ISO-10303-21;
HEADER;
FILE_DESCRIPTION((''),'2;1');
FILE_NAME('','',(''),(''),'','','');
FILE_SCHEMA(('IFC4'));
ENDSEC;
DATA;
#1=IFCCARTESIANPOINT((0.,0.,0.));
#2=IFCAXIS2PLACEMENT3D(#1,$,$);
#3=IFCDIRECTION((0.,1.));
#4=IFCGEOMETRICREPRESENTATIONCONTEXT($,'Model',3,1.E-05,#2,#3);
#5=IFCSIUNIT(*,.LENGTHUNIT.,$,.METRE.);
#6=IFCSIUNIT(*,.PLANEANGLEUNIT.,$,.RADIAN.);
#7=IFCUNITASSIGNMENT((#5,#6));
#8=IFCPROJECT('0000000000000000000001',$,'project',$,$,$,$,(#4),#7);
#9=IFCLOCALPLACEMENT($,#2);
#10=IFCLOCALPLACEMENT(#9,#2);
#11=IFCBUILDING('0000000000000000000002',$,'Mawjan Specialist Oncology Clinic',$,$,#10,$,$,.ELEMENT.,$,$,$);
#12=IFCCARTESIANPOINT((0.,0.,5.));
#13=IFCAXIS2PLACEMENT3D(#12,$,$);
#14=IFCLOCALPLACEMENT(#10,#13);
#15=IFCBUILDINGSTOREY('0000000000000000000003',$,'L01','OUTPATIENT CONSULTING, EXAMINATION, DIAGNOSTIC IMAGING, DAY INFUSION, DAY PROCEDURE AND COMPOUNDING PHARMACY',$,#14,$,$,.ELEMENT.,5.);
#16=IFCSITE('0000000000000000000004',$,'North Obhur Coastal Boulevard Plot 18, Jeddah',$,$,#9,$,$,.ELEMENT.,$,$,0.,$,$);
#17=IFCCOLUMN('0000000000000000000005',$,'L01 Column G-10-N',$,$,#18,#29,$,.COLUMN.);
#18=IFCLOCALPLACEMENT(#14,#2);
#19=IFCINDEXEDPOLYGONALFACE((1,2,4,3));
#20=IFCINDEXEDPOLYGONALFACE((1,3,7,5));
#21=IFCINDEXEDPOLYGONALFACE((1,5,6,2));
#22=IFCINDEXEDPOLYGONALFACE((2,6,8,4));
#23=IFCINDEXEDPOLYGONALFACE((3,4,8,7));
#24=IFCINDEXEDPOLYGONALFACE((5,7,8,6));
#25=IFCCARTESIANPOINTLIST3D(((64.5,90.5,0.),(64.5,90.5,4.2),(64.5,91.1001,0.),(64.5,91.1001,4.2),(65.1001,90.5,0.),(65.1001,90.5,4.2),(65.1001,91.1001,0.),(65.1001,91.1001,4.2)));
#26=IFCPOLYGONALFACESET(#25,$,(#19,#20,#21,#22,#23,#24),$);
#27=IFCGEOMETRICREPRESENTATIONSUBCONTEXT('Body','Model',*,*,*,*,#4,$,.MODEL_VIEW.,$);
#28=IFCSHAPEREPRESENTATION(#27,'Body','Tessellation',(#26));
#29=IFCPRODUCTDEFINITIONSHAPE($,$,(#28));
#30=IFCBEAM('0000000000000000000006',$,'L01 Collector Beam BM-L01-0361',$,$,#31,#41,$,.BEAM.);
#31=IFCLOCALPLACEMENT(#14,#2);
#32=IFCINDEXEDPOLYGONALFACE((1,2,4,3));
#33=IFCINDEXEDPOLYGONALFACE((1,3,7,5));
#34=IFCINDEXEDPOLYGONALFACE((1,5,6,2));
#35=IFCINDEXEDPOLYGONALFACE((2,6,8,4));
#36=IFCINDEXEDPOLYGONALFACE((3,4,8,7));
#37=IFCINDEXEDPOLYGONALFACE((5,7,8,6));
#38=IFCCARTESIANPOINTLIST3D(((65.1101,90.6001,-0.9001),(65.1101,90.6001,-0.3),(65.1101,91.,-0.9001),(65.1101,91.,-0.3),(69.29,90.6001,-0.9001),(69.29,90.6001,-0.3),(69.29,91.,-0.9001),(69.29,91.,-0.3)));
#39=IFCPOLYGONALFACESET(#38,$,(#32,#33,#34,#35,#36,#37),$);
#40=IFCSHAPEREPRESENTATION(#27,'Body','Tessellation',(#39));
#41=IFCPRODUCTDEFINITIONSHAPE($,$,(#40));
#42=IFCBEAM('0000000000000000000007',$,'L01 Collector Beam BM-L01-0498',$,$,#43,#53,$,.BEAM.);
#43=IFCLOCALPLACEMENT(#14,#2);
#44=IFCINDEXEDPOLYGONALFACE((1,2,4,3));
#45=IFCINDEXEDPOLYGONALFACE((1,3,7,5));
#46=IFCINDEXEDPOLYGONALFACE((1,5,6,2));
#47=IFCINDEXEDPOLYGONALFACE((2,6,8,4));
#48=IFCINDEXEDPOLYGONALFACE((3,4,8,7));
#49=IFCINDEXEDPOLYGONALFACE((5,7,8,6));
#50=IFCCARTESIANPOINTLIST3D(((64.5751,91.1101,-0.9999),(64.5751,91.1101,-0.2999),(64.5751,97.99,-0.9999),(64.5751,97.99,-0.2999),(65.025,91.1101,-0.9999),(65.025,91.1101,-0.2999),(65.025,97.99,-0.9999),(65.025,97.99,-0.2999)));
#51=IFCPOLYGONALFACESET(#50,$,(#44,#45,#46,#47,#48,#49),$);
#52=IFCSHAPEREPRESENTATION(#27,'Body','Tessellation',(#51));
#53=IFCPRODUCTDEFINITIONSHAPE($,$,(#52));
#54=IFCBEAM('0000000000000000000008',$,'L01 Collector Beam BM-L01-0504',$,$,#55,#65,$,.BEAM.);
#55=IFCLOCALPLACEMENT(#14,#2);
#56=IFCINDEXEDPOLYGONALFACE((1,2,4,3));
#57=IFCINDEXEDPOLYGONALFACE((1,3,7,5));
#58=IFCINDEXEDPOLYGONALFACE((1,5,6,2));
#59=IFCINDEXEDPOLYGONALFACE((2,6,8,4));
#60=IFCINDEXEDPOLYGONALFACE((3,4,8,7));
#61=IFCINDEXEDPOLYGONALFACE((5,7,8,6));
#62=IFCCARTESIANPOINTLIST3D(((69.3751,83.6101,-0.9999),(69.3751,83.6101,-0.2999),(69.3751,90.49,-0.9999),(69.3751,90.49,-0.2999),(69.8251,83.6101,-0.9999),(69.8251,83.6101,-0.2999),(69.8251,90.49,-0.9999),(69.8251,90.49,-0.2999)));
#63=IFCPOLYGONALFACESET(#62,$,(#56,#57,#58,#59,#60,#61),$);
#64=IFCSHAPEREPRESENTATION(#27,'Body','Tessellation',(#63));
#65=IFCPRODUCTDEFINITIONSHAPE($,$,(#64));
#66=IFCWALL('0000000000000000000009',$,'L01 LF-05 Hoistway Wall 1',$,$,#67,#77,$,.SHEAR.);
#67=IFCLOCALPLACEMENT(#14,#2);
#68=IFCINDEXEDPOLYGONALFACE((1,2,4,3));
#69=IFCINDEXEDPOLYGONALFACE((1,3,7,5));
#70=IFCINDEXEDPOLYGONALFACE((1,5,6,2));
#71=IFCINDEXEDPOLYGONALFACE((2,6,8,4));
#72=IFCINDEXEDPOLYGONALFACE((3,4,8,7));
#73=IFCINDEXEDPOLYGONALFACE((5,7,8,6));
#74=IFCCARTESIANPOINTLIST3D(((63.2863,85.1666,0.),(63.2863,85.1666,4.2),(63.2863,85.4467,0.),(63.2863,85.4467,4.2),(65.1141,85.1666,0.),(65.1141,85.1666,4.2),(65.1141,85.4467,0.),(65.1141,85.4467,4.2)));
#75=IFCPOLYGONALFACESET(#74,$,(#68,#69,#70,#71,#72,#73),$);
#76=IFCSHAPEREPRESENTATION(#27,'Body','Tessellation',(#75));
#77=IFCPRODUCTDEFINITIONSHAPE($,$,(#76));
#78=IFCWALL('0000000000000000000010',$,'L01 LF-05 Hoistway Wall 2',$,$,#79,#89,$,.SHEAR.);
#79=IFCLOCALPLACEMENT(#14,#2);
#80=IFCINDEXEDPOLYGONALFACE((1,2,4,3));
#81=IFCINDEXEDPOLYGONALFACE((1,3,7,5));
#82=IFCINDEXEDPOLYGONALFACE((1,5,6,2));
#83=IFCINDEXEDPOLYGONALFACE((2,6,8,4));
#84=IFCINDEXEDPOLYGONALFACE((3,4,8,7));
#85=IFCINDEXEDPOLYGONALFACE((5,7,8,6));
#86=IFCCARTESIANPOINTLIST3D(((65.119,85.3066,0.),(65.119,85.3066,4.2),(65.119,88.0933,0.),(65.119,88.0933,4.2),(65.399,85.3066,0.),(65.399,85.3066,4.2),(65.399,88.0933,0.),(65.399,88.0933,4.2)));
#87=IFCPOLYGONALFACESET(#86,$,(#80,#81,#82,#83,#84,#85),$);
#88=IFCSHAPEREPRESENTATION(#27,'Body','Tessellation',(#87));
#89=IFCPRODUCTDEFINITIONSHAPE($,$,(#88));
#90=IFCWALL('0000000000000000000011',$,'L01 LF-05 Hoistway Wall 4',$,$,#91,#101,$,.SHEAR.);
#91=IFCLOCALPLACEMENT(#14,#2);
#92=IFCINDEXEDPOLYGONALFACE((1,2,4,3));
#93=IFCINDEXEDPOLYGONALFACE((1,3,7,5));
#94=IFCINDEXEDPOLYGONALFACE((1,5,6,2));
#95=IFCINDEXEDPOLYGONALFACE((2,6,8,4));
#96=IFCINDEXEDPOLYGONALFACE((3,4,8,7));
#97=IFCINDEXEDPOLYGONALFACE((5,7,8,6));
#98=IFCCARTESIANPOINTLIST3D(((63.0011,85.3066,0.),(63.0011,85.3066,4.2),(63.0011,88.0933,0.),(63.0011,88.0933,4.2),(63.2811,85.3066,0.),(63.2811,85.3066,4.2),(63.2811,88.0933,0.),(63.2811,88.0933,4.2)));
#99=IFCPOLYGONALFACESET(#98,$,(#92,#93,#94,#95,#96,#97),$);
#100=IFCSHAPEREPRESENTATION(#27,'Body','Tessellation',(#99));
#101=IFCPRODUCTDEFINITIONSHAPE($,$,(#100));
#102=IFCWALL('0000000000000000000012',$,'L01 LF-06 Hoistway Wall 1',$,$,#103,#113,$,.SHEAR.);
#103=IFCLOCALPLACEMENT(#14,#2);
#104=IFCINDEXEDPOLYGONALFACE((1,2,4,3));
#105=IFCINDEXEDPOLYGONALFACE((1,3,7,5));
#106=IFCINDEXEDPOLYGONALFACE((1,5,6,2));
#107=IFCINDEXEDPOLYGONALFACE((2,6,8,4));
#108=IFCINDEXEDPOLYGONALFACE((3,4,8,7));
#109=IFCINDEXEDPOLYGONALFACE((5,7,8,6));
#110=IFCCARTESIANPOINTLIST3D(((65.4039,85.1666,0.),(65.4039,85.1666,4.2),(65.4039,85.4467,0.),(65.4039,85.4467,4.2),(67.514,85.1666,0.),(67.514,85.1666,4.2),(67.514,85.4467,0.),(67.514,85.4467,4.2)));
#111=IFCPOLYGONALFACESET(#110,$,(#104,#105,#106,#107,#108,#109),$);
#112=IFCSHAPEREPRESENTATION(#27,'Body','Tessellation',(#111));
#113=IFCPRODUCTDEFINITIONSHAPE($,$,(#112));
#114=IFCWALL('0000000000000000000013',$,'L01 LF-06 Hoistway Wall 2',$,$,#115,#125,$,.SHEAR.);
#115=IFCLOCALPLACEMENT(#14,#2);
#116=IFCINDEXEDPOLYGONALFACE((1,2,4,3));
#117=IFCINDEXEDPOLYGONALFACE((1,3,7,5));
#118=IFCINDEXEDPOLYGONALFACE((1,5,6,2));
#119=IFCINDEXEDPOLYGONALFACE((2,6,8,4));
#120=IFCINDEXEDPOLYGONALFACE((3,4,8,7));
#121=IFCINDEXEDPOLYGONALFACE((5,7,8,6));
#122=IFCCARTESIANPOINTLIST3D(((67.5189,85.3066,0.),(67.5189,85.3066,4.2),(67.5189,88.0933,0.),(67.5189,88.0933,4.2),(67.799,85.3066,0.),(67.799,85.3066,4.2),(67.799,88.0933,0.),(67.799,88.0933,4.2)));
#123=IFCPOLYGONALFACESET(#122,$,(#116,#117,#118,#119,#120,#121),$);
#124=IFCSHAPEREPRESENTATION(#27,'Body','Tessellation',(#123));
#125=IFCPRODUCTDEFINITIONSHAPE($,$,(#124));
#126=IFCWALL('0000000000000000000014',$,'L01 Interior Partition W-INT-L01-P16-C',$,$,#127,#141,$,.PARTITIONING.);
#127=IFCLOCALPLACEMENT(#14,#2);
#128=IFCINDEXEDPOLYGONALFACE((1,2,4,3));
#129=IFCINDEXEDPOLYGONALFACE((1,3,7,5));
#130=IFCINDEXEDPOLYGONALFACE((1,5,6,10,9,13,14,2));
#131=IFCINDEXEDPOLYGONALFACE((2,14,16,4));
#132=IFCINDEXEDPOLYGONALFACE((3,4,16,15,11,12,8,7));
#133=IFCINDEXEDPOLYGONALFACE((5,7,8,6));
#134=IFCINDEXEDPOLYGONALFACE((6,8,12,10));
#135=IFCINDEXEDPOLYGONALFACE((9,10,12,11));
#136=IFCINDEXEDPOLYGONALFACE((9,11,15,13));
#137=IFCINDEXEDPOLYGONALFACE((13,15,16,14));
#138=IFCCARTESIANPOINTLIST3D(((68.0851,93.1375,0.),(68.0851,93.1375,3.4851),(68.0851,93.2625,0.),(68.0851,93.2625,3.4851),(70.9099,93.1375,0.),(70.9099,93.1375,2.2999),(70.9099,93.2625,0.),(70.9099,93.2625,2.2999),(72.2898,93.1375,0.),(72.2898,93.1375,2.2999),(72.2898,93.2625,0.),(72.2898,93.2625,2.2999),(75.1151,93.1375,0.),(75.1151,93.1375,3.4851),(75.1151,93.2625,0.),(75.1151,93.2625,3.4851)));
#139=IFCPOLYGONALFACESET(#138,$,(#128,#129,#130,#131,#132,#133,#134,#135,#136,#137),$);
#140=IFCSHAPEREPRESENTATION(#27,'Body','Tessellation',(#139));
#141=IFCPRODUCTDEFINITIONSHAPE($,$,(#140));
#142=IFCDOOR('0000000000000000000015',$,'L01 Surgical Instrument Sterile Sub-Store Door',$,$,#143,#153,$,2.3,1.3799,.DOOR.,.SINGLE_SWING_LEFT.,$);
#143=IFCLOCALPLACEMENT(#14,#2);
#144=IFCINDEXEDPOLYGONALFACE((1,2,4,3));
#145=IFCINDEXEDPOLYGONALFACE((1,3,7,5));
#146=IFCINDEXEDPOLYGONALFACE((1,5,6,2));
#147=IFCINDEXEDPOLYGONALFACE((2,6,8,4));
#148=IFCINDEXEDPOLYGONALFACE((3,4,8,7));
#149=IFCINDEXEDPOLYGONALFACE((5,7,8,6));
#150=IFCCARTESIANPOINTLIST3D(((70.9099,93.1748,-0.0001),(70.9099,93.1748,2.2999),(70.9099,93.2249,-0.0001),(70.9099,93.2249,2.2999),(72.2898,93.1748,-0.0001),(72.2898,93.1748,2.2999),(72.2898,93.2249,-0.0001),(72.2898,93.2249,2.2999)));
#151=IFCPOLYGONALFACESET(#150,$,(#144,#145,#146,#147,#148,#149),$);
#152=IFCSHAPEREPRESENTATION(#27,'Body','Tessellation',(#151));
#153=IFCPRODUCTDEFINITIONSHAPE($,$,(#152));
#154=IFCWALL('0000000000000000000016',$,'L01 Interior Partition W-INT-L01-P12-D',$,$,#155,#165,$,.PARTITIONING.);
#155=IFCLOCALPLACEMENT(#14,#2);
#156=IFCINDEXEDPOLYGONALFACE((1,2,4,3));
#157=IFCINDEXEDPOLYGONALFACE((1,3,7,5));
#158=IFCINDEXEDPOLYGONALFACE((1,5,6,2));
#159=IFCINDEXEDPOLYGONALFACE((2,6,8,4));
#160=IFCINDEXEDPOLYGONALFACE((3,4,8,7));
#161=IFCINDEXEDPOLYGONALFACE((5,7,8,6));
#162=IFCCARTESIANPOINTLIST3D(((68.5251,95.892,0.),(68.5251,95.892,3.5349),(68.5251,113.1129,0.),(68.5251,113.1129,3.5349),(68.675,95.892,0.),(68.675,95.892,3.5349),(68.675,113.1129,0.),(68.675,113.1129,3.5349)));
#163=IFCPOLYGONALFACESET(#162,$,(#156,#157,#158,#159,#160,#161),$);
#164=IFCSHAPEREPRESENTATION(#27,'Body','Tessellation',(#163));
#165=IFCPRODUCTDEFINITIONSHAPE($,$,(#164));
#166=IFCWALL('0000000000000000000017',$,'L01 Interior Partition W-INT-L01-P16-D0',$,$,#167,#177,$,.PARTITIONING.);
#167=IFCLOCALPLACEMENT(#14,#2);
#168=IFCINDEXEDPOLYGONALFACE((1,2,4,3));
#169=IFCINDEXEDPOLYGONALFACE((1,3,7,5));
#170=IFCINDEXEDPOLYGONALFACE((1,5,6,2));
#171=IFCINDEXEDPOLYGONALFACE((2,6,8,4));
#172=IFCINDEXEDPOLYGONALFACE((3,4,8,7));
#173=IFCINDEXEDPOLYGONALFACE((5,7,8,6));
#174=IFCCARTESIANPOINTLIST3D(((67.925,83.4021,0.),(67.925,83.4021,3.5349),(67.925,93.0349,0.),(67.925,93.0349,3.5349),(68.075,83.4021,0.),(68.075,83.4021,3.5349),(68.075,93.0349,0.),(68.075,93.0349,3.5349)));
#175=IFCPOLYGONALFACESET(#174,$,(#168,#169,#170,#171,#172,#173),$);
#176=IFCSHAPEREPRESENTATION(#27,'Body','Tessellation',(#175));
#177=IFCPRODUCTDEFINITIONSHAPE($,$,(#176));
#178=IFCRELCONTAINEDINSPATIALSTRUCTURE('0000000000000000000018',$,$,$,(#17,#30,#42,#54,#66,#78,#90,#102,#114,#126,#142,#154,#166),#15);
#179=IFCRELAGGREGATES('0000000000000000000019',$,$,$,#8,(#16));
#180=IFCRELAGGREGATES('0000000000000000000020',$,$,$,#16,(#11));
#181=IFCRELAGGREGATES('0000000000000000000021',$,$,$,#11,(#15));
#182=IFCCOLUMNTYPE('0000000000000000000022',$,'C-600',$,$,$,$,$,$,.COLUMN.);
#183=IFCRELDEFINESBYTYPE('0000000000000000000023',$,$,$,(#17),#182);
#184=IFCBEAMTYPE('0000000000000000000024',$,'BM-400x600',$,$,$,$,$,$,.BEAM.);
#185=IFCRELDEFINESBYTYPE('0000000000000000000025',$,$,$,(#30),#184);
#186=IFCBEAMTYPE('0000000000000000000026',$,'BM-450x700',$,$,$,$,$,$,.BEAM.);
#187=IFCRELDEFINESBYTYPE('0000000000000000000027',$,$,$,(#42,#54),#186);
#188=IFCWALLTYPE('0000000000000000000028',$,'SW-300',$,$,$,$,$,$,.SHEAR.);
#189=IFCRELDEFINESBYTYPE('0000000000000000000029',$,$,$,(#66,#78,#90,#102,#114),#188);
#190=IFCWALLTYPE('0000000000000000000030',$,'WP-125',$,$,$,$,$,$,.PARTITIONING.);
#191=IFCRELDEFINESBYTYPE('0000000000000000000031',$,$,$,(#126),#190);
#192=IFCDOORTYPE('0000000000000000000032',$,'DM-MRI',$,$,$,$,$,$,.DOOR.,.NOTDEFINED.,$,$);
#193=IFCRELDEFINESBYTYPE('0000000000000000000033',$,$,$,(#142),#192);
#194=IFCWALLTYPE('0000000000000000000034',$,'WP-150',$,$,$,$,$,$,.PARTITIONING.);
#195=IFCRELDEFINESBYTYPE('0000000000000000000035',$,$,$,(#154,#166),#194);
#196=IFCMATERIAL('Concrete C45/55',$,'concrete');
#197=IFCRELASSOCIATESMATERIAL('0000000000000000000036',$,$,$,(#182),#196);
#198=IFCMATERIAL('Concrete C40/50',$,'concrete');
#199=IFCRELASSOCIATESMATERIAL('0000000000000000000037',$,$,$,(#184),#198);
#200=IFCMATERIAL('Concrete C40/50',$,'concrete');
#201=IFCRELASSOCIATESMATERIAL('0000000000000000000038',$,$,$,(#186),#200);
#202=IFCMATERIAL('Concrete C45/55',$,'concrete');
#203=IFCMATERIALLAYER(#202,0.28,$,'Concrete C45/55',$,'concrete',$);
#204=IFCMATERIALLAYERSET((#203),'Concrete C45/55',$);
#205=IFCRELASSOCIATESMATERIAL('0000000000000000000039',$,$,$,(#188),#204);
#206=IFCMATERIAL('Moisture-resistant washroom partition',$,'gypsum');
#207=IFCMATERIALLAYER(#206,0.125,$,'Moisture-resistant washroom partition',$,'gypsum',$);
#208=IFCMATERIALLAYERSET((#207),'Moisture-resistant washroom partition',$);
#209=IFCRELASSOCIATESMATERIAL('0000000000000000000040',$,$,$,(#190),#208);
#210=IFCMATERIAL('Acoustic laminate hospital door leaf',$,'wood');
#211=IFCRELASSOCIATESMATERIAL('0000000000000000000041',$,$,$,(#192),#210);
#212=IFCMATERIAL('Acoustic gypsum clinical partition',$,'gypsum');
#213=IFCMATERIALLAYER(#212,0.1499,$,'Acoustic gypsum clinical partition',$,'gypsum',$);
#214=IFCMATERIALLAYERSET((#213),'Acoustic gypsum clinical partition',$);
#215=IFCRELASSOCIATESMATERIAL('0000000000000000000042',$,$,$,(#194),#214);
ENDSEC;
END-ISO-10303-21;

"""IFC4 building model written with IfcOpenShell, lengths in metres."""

from ifc_helpers import new_model, si_unit, direction, frame, frame_2d, origin, origin_2d, place, context, subcontext, project, spatial, rectangle, extrude, material, layer, layer_set, material_profile, profile_set, type_object, element, fill, save


model = new_model("IFC4")

# Units and contexts
model_context = context("Model", 3, precision=1e-05, world=origin(), true_north=direction((0.0, 1.0)))
body_context = subcontext(model_context, "Body", "Model", "MODEL_VIEW")
ifc_project = project(units=[si_unit("LENGTHUNIT", "METRE"), si_unit("PLANEANGLEUNIT", "RADIAN")], contexts=[model_context])

# Site, building, storey
site_placement = place(None, origin())
site = spatial("IfcSite", under=ifc_project, at=site_placement, Name="North Obhur Coastal Boulevard Plot 18, Jeddah", CompositionType="ELEMENT", RefElevation=0.0)
building_placement = place(site_placement, origin())
building = spatial("IfcBuilding", under=site, at=building_placement, Name="Mawjan Specialist Oncology Clinic", CompositionType="ELEMENT")
storey_placement = place(building_placement, frame((0.0, 0.0, 5.0)))
storey = spatial("IfcBuildingStorey", under=building, at=storey_placement, Name="L01", Description="OUTPATIENT CONSULTING, EXAMINATION, DIAGNOSTIC IMAGING, DAY INFUSION, DAY PROCEDURE AND COMPOUNDING PHARMACY", CompositionType="ELEMENT", Elevation=5.0)

# Column
ifc_material_1 = material(Name="Concrete C45/55", Category="concrete")
ifc_material_profile_1 = material_profile(ifc_material_1, rectangle(XDim=0.6001, YDim=0.6001, at=origin_2d()), Name="RC COL 600x600", Category="concrete")
ifc_profile_set_1 = profile_set([ifc_material_profile_1], Name="Concrete C45/55")
column_type = type_object("IfcColumnType", Name="C-600", PredefinedType="COLUMN", material=ifc_profile_set_1)
column_placement = place(storey_placement, frame((64.8, 90.8, 0.0), z_axis=(0.0, 0.0, 1.0), x_axis=(1.0, 0.0, 0.0)))
element("IfcColumn", 1, at=column_placement, inside=storey, type_object=column_type, Name="L01 Column G-10-N", PredefinedType="COLUMN", context=body_context, shape_type="SweptSolid", body=[
    extrude(rectangle(XDim=0.6001, YDim=0.6001, at=origin_2d()), origin(), (0.0, 0.0, 1.0), 4.2),
])

# Beams
ifc_material_2 = material(Name="Concrete C40/50", Category="concrete")
ifc_material_profile_2 = material_profile(ifc_material_2, rectangle(XDim=0.3999, YDim=0.6001, at=origin_2d()), Name="RC BM 400x600", Category="concrete")
ifc_profile_set_2 = profile_set([ifc_material_profile_2], Name="Concrete C40/50")
beam_type_1 = type_object("IfcBeamType", Name="BM-400x600", PredefinedType="BEAM", material=ifc_profile_set_2)
beam_placement = place(storey_placement, frame((65.1101, 90.8, -0.6001), z_axis=(1.0, 0.0, 0.0), x_axis=(0.0, 1.0, 0.0)))
element("IfcBeam", 2, at=beam_placement, inside=storey, type_object=beam_type_1, Name="L01 Collector Beam BM-L01-0361", PredefinedType="BEAM", context=body_context, shape_type="SweptSolid", body=[
    extrude(rectangle(XDim=0.3999, YDim=0.6001, at=origin_2d()), origin(), (0.0, 0.0, 1.0), 4.1799),
])
ifc_material_3 = material(Name="Concrete C40/50", Category="concrete")
ifc_material_profile_3 = material_profile(ifc_material_3, rectangle(XDim=0.45, YDim=0.7, at=origin_2d()), Name="RC BM 450x700", Category="concrete")
ifc_profile_set_3 = profile_set([ifc_material_profile_3], Name="Concrete C40/50")
beam_type_2 = type_object("IfcBeamType", Name="BM-450x700", PredefinedType="BEAM", material=ifc_profile_set_3)
for number, where, z_axis, x_axis, name in (
    (3, (64.8, 91.1101, -0.6499), (0.0, 1.0, 0.0), (-1.0, 0.0, 0.0), "L01 Collector Beam BM-L01-0498"),
    (4, (69.6001, 83.6101, -0.6499), (0.0, 1.0, 0.0), (-1.0, 0.0, 0.0), "L01 Collector Beam BM-L01-0504"),
):
    element("IfcBeam", number, at=place(storey_placement, frame(where, z_axis=z_axis, x_axis=x_axis)), inside=storey, type_object=beam_type_2, Name=name, PredefinedType="BEAM", context=body_context, shape_type="SweptSolid", body=[
        extrude(rectangle(XDim=0.45, YDim=0.7, at=origin_2d()), origin(), (0.0, 0.0, 1.0), 6.8799),
    ])

# Walls
ifc_material_4 = material(Name="Concrete C45/55", Category="concrete")
ifc_layer_1 = layer(ifc_material_4, 0.28, Name="Concrete C45/55", Category="concrete")
ifc_layer_set_1 = layer_set([ifc_layer_1], Name="Concrete C45/55")
wall_type_1 = type_object("IfcWallType", Name="SW-300", PredefinedType="SHEAR", material=ifc_layer_set_1)
wall_1_placement = place(storey_placement, frame((63.2861, 85.3066, 0.0), z_axis=(0.0, 0.0, 1.0), x_axis=(1.0, 0.0, 0.0)))
element("IfcWall", 5, at=wall_1_placement, inside=storey, type_object=wall_type_1, Name="L01 LF-05 Hoistway Wall 1", PredefinedType="SHEAR", context=body_context, shape_type="SweptSolid", body=[
    extrude(rectangle(XDim=1.8279, YDim=0.28, at=frame_2d((0.9141, 0.0))), origin(), (0.0, 0.0, 1.0), 4.2),
])
wall_2_placement = place(storey_placement, frame((65.259, 85.3066, 0.0), z_axis=(0.0, 0.0, 1.0), x_axis=(0.0, 1.0, 0.0)))
element("IfcWall", 6, at=wall_2_placement, inside=storey, type_object=wall_type_1, Name="L01 LF-05 Hoistway Wall 2", PredefinedType="SHEAR", context=body_context, shape_type="SweptSolid", body=[
    extrude(rectangle(XDim=2.7866, YDim=0.28, at=frame_2d((1.3933, 0.0))), origin(), (0.0, 0.0, 1.0), 4.2),
])

# Walls
wall_3_placement = place(storey_placement, frame((63.1411, 88.0933, 0.0), z_axis=(0.0, 0.0, 1.0), x_axis=(0.0, -1.0, 0.0)))
element("IfcWall", 7, at=wall_3_placement, inside=storey, type_object=wall_type_1, Name="L01 LF-05 Hoistway Wall 4", PredefinedType="SHEAR", context=body_context, shape_type="SweptSolid", body=[
    extrude(rectangle(XDim=2.7866, YDim=0.28, at=frame_2d((1.3933, 0.0))), origin(), (0.0, 0.0, 1.0), 4.2),
])
wall_4_placement = place(storey_placement, frame((65.4038, 85.3066, 0.0), z_axis=(0.0, 0.0, 1.0), x_axis=(1.0, 0.0, 0.0)))
element("IfcWall", 8, at=wall_4_placement, inside=storey, type_object=wall_type_1, Name="L01 LF-06 Hoistway Wall 1", PredefinedType="SHEAR", context=body_context, shape_type="SweptSolid", body=[
    extrude(rectangle(XDim=2.1101, YDim=0.28, at=frame_2d((1.0552, 0.0))), origin(), (0.0, 0.0, 1.0), 4.2),
])
wall_5_placement = place(storey_placement, frame((67.6589, 85.3066, 0.0), z_axis=(0.0, 0.0, 1.0), x_axis=(0.0, 1.0, 0.0)))
element("IfcWall", 9, at=wall_5_placement, inside=storey, type_object=wall_type_1, Name="L01 LF-06 Hoistway Wall 2", PredefinedType="SHEAR", context=body_context, shape_type="SweptSolid", body=[
    extrude(rectangle(XDim=2.7866, YDim=0.28, at=frame_2d((1.3933, 0.0))), origin(), (0.0, 0.0, 1.0), 4.2),
])

# Wall, opening, door
ifc_material_5 = material(Name="Moisture-resistant washroom partition", Category="gypsum")
ifc_layer_2 = layer(ifc_material_5, 0.125, Name="Moisture-resistant washroom partition", Category="gypsum")
ifc_layer_set_2 = layer_set([ifc_layer_2], Name="Moisture-resistant washroom partition")
wall_type_2 = type_object("IfcWallType", Name="WP-125", PredefinedType="PARTITIONING", material=ifc_layer_set_2)
wall_6_placement = place(storey_placement, frame((68.085, 93.2, 0.0), z_axis=(0.0, 0.0, 1.0), x_axis=(1.0, 0.0, 0.0)))
wall_6 = element("IfcWall", 10, at=wall_6_placement, inside=storey, type_object=wall_type_2, Name="L01 Interior Partition W-INT-L01-P16-C", PredefinedType="PARTITIONING", context=body_context, shape_type="SweptSolid", body=[
    extrude(rectangle(XDim=7.03, YDim=0.125, at=frame_2d((3.5151, 0.0))), origin(), (0.0, 0.0, 1.0), 3.4851),
])
opening_1_placement = place(wall_6_placement, frame((2.825, 0.0, 0.0)))
opening_1 = element("IfcOpeningElement", 11, at=opening_1_placement, cuts=wall_6, PredefinedType="OPENING", context=body_context, shape_type="SweptSolid", body=[
    extrude(rectangle(XDim=1.3799, YDim=2.3, at=frame_2d((0.6899, 1.1499))), frame((0.0, 0.0745, 0.0), z_axis=(0.0, -1.0, 0.0), x_axis=(1.0, 0.0, 0.0)), (0.0, 0.0, 1.0), 0.1489),
])
ifc_material_6 = material(Name="Acoustic laminate hospital door leaf", Category="wood")
door_type_1 = type_object("IfcDoorType", Name="DM-MRI", OperationType="NOTDEFINED", PredefinedType="DOOR", material=ifc_material_6)
door_1_placement = place(opening_1_placement, origin())
door_1 = element("IfcDoor", 12, at=door_1_placement, inside=storey, type_object=door_type_1, Name="L01 Surgical Instrument Sterile Sub-Store Door", OperationType="SINGLE_SWING_LEFT", OverallHeight=2.3, OverallWidth=1.3799, PredefinedType="DOOR", context=body_context, shape_type="SweptSolid", body=[
    extrude(rectangle(XDim=1.3799, YDim=2.3, at=frame_2d((0.6899, 1.1499))), frame((0.0, 0.0249, 0.0), z_axis=(0.0, -1.0, 0.0), x_axis=(1.0, 0.0, 0.0)), (0.0, 0.0, 1.0), 0.05),
])
fill(opening_1, door_1)

# Walls
ifc_material_7 = material(Name="Acoustic gypsum clinical partition", Category="gypsum")
ifc_layer_3 = layer(ifc_material_7, 0.1499, Name="Acoustic gypsum clinical partition", Category="gypsum")
ifc_layer_set_3 = layer_set([ifc_layer_3], Name="Acoustic gypsum clinical partition")
wall_type_3 = type_object("IfcWallType", Name="WP-150", PredefinedType="PARTITIONING", material=ifc_layer_set_3)
wall_7_placement = place(storey_placement, frame((68.6001, 95.8921, 0.0), z_axis=(0.0, 0.0, 1.0), x_axis=(0.0, 1.0, 0.0)))
element("IfcWall", 13, at=wall_7_placement, inside=storey, type_object=wall_type_3, Name="L01 Interior Partition W-INT-L01-P12-D", PredefinedType="PARTITIONING", context=body_context, shape_type="SweptSolid", body=[
    extrude(rectangle(XDim=17.2209, YDim=0.1499, at=frame_2d((8.6104, 0.0))), origin(), (0.0, 0.0, 1.0), 3.5349),
])
wall_8_placement = place(storey_placement, frame((68.0, 83.4021, 0.0), z_axis=(0.0, 0.0, 1.0), x_axis=(0.0, 1.0, 0.0)))
element("IfcWall", 14, at=wall_8_placement, inside=storey, type_object=wall_type_3, Name="L01 Interior Partition W-INT-L01-P16-D0", PredefinedType="PARTITIONING", context=body_context, shape_type="SweptSolid", body=[
    extrude(rectangle(XDim=9.6328, YDim=0.1499, at=frame_2d((4.8164, 0.0))), origin(), (0.0, 0.0, 1.0), 3.5349),
])

save(model, "model.ifc")
